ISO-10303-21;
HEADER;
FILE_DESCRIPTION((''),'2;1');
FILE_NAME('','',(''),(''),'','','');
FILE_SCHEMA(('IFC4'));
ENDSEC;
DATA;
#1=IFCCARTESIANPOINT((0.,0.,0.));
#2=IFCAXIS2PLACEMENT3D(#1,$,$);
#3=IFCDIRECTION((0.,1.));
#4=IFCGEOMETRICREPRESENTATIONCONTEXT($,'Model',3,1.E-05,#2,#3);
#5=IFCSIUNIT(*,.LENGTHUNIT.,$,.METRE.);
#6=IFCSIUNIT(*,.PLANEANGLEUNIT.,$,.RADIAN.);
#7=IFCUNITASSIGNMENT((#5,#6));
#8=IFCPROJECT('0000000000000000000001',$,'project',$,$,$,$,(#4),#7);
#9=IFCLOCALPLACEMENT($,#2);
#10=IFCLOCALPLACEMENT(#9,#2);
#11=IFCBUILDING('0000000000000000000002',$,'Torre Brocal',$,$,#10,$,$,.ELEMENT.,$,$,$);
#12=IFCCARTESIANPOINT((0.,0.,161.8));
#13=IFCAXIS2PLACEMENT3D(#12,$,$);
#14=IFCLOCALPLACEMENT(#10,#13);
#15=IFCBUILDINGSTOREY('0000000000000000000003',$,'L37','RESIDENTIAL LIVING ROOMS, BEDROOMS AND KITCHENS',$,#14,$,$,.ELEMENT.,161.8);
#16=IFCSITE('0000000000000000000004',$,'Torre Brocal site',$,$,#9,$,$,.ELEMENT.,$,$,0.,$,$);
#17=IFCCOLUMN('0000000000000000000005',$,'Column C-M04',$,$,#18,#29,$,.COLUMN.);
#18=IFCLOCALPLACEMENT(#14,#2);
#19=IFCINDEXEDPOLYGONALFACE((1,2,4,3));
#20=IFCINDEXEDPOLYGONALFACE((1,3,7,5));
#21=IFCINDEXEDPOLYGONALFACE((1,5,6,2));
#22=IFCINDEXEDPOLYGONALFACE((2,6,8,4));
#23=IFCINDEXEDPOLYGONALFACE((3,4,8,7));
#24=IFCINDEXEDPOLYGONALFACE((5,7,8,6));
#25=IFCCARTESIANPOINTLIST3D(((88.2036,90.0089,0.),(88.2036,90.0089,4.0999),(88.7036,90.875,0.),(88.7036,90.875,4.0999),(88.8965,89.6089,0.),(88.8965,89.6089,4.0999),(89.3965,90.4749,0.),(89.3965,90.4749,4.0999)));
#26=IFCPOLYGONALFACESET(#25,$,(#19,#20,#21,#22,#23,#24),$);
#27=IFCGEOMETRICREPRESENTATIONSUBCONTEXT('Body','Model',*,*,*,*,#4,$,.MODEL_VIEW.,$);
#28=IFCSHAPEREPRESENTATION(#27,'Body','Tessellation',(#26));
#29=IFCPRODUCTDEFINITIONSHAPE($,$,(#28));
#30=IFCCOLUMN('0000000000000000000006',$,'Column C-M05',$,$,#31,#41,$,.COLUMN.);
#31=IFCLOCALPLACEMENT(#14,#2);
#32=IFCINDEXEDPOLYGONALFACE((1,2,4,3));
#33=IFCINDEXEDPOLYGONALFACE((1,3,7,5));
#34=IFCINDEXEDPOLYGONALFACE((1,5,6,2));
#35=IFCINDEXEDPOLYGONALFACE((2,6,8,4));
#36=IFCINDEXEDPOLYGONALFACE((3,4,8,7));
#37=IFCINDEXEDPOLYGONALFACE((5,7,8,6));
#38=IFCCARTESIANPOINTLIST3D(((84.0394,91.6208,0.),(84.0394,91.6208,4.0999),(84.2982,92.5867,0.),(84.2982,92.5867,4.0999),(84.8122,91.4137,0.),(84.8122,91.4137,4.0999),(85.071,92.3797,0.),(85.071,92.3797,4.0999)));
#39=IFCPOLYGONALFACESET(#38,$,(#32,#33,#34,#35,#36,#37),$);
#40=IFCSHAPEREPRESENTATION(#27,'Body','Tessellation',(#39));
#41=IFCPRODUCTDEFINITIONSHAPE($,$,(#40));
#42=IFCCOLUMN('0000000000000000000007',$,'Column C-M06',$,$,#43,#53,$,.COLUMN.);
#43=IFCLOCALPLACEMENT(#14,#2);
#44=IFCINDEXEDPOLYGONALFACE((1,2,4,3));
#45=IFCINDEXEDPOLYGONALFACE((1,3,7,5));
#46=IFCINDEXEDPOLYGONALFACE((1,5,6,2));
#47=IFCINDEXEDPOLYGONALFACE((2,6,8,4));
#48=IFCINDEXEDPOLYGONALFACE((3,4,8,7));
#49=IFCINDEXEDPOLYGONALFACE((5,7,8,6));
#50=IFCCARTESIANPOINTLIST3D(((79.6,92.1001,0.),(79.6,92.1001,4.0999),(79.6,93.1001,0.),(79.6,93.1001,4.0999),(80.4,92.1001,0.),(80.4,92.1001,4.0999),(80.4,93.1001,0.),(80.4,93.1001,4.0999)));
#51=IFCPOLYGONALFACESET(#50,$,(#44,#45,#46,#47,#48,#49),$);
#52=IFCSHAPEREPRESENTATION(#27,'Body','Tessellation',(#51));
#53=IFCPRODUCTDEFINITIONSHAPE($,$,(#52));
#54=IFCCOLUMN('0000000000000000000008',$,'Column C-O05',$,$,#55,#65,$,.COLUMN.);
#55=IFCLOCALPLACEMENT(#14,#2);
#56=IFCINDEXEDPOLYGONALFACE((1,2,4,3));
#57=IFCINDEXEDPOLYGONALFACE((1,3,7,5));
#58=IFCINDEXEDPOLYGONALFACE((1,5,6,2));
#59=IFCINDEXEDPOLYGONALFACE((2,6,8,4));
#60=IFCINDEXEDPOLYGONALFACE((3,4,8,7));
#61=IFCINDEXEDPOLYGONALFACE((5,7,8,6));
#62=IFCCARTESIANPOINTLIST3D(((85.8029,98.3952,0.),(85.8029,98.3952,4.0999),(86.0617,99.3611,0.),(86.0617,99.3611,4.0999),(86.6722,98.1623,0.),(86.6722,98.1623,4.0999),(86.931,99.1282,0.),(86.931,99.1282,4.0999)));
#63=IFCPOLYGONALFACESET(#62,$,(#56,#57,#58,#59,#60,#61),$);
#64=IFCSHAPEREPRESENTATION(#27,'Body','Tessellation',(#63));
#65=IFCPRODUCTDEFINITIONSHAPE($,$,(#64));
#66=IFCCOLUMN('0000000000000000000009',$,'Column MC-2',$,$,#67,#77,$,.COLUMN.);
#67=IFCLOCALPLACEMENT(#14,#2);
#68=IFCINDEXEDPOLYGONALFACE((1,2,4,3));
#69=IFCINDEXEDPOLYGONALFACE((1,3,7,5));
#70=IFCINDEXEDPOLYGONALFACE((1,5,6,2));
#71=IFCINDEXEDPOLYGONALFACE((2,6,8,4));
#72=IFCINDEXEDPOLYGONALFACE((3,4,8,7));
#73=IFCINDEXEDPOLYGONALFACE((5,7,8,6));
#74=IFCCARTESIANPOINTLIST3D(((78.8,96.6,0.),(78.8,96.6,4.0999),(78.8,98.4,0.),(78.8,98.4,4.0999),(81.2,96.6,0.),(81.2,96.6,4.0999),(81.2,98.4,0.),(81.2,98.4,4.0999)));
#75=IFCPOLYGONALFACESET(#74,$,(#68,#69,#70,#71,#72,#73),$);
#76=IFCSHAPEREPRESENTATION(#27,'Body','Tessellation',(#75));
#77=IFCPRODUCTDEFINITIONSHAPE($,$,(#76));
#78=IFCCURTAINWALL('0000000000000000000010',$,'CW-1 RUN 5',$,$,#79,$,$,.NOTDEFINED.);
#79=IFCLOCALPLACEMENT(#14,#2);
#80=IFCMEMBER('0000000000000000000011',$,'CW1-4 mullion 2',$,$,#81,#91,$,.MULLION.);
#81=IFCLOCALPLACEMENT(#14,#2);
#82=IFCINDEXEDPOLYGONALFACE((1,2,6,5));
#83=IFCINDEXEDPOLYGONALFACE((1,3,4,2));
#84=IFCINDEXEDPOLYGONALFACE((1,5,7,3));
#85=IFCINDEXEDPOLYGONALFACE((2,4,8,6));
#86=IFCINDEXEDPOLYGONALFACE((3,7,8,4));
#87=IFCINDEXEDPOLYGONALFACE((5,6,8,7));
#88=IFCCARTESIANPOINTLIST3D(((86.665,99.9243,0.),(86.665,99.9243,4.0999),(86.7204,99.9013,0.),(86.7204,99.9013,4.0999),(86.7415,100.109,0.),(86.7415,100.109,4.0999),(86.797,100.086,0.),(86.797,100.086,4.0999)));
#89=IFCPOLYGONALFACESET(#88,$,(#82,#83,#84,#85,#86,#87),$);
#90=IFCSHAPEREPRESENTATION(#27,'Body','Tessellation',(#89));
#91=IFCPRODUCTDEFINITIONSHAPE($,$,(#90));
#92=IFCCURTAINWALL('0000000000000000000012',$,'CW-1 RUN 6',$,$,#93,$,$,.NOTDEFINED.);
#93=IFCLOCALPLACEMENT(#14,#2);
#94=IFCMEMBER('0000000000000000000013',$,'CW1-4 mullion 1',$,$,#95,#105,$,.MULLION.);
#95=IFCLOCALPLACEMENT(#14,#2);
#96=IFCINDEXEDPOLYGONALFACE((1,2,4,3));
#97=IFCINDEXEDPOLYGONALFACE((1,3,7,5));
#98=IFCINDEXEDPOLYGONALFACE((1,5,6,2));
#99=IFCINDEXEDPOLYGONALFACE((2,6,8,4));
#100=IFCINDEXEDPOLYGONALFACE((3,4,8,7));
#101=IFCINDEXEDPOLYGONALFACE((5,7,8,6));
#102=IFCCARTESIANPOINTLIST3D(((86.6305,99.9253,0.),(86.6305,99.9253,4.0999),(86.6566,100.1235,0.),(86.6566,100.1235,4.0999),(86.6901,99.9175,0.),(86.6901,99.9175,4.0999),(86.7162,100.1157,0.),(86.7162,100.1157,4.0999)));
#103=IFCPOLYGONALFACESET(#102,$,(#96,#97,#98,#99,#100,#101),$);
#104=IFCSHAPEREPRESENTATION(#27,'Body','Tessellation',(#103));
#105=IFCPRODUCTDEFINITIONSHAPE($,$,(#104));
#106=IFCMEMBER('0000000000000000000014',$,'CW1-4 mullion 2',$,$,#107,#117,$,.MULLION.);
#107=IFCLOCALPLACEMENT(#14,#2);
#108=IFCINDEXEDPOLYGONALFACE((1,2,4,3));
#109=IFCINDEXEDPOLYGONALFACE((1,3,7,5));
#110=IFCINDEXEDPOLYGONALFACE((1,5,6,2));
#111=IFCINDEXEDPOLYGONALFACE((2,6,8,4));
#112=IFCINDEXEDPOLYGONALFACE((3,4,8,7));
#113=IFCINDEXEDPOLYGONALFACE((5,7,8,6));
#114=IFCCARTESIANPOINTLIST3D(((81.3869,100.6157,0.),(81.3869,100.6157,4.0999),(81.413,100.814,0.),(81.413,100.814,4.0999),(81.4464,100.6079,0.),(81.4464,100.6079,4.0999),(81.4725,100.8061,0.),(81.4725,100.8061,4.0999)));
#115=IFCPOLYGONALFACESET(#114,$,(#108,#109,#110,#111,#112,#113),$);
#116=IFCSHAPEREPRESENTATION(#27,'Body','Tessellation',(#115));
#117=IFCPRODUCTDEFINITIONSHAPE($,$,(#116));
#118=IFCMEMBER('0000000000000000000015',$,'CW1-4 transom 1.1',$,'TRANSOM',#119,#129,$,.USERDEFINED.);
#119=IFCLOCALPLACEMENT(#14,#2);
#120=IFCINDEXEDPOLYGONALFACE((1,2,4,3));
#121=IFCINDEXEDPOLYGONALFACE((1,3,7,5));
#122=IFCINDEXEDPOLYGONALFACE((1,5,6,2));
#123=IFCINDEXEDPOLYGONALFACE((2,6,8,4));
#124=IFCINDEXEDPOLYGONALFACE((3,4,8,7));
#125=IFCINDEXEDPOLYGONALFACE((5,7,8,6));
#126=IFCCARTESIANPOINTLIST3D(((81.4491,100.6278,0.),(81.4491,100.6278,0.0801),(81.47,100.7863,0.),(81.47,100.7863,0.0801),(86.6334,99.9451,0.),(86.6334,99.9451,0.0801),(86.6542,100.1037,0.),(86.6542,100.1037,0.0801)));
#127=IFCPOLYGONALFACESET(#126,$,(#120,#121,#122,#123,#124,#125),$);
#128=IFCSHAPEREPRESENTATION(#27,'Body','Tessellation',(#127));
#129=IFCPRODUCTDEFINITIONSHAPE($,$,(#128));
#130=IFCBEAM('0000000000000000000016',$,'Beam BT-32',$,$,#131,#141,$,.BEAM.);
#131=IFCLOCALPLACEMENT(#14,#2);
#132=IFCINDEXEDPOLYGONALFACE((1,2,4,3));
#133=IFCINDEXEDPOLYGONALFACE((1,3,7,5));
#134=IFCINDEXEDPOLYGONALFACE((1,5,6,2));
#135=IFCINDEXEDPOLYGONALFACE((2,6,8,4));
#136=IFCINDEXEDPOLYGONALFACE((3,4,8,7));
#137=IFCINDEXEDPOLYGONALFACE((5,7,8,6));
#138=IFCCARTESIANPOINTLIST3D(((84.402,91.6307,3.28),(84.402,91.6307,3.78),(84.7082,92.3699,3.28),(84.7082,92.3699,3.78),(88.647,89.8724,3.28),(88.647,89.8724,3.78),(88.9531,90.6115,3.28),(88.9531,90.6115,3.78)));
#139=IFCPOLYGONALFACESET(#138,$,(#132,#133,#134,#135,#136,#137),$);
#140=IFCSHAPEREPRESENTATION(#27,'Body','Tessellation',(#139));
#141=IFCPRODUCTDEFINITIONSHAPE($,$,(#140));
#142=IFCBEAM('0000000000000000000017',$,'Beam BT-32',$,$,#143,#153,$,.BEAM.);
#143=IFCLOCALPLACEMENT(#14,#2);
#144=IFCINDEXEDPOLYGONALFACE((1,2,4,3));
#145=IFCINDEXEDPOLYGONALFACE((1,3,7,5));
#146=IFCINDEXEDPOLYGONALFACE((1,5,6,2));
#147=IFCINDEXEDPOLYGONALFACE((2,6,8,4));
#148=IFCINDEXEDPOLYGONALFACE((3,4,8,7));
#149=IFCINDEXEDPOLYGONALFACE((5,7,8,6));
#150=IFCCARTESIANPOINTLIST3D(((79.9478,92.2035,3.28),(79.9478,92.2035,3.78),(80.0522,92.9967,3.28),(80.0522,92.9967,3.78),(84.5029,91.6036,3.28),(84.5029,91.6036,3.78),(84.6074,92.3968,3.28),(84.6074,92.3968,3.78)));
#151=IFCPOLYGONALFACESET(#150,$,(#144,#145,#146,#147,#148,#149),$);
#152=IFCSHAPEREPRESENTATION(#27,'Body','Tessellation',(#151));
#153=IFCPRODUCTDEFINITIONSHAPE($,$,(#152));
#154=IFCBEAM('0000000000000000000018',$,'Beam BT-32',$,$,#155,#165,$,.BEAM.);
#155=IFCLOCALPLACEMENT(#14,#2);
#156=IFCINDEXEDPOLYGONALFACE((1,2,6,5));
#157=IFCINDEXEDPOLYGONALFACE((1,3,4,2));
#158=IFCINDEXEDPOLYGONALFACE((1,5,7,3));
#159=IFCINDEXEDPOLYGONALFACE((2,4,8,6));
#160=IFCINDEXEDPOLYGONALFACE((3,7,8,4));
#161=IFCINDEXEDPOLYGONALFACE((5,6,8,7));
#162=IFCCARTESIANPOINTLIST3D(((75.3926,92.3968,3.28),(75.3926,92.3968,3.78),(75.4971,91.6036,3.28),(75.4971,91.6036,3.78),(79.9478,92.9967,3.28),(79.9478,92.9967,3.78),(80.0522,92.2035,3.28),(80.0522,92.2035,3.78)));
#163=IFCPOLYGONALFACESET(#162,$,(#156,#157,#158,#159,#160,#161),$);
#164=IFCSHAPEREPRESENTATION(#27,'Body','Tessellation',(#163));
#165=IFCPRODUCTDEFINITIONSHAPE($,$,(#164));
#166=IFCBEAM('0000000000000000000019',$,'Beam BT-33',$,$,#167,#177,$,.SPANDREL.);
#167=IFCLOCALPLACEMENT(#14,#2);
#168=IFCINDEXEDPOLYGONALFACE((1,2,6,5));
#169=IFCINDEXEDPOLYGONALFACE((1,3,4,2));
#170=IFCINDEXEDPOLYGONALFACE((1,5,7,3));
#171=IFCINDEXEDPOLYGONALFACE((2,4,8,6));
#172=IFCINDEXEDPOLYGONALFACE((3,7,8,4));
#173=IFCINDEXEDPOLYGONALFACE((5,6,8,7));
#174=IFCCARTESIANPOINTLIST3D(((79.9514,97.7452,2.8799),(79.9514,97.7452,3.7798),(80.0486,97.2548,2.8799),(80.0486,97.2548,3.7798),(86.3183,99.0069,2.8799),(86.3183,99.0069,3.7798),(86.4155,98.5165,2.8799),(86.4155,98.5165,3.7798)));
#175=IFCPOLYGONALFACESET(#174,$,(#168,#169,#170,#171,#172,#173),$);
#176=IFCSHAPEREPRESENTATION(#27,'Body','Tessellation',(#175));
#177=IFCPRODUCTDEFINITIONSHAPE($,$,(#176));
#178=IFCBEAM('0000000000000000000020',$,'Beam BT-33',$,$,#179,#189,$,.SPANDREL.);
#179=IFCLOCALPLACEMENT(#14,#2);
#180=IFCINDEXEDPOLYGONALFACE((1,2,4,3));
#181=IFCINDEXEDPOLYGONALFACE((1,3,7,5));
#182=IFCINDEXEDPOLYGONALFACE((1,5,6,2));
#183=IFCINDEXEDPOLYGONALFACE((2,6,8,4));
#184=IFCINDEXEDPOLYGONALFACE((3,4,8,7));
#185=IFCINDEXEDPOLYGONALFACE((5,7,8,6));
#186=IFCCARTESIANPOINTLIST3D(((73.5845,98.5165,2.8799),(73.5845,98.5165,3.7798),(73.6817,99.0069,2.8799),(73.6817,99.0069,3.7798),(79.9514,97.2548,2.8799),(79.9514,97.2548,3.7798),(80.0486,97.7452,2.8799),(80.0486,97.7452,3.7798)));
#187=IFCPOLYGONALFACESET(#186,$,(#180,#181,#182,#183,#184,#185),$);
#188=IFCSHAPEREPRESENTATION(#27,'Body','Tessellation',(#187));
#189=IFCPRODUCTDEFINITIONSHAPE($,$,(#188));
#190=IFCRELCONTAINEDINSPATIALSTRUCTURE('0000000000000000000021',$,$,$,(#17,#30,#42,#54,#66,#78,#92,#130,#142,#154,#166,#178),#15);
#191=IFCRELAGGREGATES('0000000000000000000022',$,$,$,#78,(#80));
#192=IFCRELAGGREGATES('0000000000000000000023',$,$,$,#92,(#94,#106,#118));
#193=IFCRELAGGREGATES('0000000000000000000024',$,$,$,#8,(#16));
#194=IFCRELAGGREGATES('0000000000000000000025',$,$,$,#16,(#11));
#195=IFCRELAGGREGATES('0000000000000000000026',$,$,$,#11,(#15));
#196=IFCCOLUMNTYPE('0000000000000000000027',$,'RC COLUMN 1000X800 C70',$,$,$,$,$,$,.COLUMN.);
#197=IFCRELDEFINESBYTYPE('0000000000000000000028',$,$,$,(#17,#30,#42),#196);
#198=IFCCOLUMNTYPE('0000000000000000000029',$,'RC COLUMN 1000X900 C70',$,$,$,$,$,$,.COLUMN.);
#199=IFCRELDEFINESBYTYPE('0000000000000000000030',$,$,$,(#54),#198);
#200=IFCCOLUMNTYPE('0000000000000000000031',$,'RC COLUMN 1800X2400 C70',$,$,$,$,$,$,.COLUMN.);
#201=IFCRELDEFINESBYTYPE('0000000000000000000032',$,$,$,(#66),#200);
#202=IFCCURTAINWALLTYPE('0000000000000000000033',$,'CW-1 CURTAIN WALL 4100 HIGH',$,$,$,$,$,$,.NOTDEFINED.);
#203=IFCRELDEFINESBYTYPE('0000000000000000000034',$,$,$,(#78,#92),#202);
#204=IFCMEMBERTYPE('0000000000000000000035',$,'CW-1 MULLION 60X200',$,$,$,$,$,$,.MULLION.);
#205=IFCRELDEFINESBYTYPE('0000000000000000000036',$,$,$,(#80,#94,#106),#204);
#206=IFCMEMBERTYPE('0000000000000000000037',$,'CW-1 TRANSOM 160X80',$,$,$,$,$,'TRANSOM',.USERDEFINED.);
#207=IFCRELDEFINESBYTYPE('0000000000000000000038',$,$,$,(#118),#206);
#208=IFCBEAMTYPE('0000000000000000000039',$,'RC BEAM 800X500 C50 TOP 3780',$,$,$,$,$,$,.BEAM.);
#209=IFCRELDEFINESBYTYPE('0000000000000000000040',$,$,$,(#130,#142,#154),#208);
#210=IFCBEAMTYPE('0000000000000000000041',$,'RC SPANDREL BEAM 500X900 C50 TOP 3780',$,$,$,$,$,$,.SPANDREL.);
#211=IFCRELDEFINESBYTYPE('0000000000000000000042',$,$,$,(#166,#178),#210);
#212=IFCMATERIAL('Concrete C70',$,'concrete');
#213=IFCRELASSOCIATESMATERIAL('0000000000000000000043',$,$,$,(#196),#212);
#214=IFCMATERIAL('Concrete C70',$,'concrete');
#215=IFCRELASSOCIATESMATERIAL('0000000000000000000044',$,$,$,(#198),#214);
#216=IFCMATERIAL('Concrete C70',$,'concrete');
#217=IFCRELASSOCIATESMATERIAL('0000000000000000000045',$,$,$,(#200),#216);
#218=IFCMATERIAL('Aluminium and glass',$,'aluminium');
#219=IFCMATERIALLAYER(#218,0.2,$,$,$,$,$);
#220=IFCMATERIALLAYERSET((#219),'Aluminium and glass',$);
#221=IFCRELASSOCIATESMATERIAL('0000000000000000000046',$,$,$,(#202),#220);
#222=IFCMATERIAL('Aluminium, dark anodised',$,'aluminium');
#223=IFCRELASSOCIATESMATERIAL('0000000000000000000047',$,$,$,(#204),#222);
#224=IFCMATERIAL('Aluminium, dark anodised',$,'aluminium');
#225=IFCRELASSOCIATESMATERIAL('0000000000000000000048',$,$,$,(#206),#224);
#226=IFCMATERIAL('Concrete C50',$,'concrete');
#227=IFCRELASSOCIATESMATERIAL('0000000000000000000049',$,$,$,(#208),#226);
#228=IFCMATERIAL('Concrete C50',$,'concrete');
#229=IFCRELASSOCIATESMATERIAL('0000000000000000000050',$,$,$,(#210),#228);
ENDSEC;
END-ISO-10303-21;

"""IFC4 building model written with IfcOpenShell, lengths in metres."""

from ifc_helpers import new_model, si_unit, direction, frame, origin, origin_2d, place, context, subcontext, project, spatial, rectangle, extrude, material, layer, layer_set, material_profile, profile_set, type_object, element, aggregate, save


model = new_model("IFC4")

# Units and contexts
model_context = context("Model", 3, precision=1e-05, world=origin(), true_north=direction((0.0, 1.0)))
body_context = subcontext(model_context, "Body", "Model", "MODEL_VIEW")
ifc_project = project(units=[si_unit("LENGTHUNIT", "METRE"), si_unit("PLANEANGLEUNIT", "RADIAN")], contexts=[model_context])

# Site, building, storey
site_placement = place(None, origin())
site = spatial("IfcSite", under=ifc_project, at=site_placement, Name="Torre Brocal site", CompositionType="ELEMENT", RefElevation=0.0)
building_placement = place(site_placement, origin())
building = spatial("IfcBuilding", under=site, at=building_placement, Name="Torre Brocal", CompositionType="ELEMENT")
storey_placement = place(building_placement, frame((0.0, 0.0, 161.8)))
storey = spatial("IfcBuildingStorey", under=building, at=storey_placement, Name="L37", Description="RESIDENTIAL LIVING ROOMS, BEDROOMS AND KITCHENS", CompositionType="ELEMENT", Elevation=161.8)

# Columns
ifc_material_1 = material(Name="Concrete C70", Category="concrete")
ifc_material_profile_1 = material_profile(ifc_material_1, rectangle(XDim=1.0, YDim=0.8, at=origin_2d()), Name="RC 1000X800")
ifc_profile_set_1 = profile_set([ifc_material_profile_1], Name="Concrete C70")
column_type_1 = type_object("IfcColumnType", Name="RC COLUMN 1000X800 C70", PredefinedType="COLUMN", material=ifc_profile_set_1)
for number, where, z_axis, x_axis, name in (
    (1, (88.8, 90.2419, 0.0), (0.0, 0.0, 1.0), (0.5, 0.866025, 0.0), "Column C-M04"),
    (2, (84.5552, 92.0002, 0.0), (0.0, 0.0, 1.0), (0.258819, 0.965926, 0.0), "Column C-M05"),
    (3, (80.0, 92.6001, 0.0), (0.0, 0.0, 1.0), (0.0, 1.0, 0.0), "Column C-M06"),
):
    element("IfcColumn", number, at=place(storey_placement, frame(where, z_axis=z_axis, x_axis=x_axis)), inside=storey, type_object=column_type_1, Name=name, PredefinedType="COLUMN", context=body_context, shape_type="SweptSolid", body=[
        extrude(rectangle(XDim=1.0, YDim=0.8, at=origin_2d()), origin(), (0.0, 0.0, 1.0), 4.0999),
    ])
ifc_material_2 = material(Name="Concrete C70", Category="concrete")
ifc_material_profile_2 = material_profile(ifc_material_2, rectangle(XDim=1.0, YDim=0.8999, at=origin_2d()), Name="RC 1000X900")
ifc_profile_set_2 = profile_set([ifc_material_profile_2], Name="Concrete C70")
column_type_2 = type_object("IfcColumnType", Name="RC COLUMN 1000X900 C70", PredefinedType="COLUMN", material=ifc_profile_set_2)
column_1_placement = place(storey_placement, frame((86.3669, 98.7617, 0.0), z_axis=(0.0, 0.0, 1.0), x_axis=(0.258819, 0.965926, 0.0)))
element("IfcColumn", 4, at=column_1_placement, inside=storey, type_object=column_type_2, Name="Column C-O05", PredefinedType="COLUMN", context=body_context, shape_type="SweptSolid", body=[
    extrude(rectangle(XDim=1.0, YDim=0.8999, at=origin_2d()), origin(), (0.0, 0.0, 1.0), 4.0999),
])
ifc_material_3 = material(Name="Concrete C70", Category="concrete")
ifc_material_profile_3 = material_profile(ifc_material_3, rectangle(XDim=1.8, YDim=2.3999, at=origin_2d()), Name="RC 1800X2400")
ifc_profile_set_3 = profile_set([ifc_material_profile_3], Name="Concrete C70")
column_type_3 = type_object("IfcColumnType", Name="RC COLUMN 1800X2400 C70", PredefinedType="COLUMN", material=ifc_profile_set_3)
column_2_placement = place(storey_placement, frame((80.0, 97.5, 0.0), z_axis=(0.0, 0.0, 1.0), x_axis=(0.0, 1.0, 0.0)))
element("IfcColumn", 5, at=column_2_placement, inside=storey, type_object=column_type_3, Name="Column MC-2", PredefinedType="COLUMN", context=body_context, shape_type="SweptSolid", body=[
    extrude(rectangle(XDim=1.8, YDim=2.3999, at=origin_2d()), origin(), (0.0, 0.0, 1.0), 4.0999),
])

# Curtain wall, member
ifc_material_4 = material(Name="Aluminium and glass", Category="aluminium")
ifc_layer_1 = layer(ifc_material_4, 0.2)
ifc_layer_set_1 = layer_set([ifc_layer_1], Name="Aluminium and glass")
curtain_wall_type = type_object("IfcCurtainWallType", Name="CW-1 CURTAIN WALL 4100 HIGH", PredefinedType="NOTDEFINED", material=ifc_layer_set_1)
curtain_wall_1_placement = place(storey_placement, origin())
curtain_wall_1 = element("IfcCurtainWall", 6, at=curtain_wall_1_placement, inside=storey, type_object=curtain_wall_type, Name="CW-1 RUN 5", PredefinedType="NOTDEFINED")
ifc_material_5 = material(Name="Aluminium, dark anodised", Category="aluminium")
ifc_material_profile_4 = material_profile(ifc_material_5, rectangle(XDim=0.2, YDim=0.0601, at=origin_2d()), Name="CW-1 MULLION 60X200")
ifc_profile_set_4 = profile_set([ifc_material_profile_4], Name="Aluminium, dark anodised")
member_type_1 = type_object("IfcMemberType", Name="CW-1 MULLION 60X200", PredefinedType="MULLION", material=ifc_profile_set_4)
member_1_placement = place(storey_placement, frame((86.731, 100.0051, 0.0), z_axis=(0.0, 0.0, 1.0), x_axis=(-0.382683, -0.92388, 0.0)))
member_1 = element("IfcMember", 7, at=member_1_placement, type_object=member_type_1, Name="CW1-4 mullion 2", PredefinedType="MULLION", context=body_context, shape_type="SweptSolid", body=[
    extrude(rectangle(XDim=0.2, YDim=0.0601, at=origin_2d()), origin(), (0.0, 0.0, 1.0), 4.0999),
])

# Curtain wall, members
curtain_wall_2_placement = place(storey_placement, origin())
curtain_wall_2 = element("IfcCurtainWall", 8, at=curtain_wall_2_placement, inside=storey, type_object=curtain_wall_type, Name="CW-1 RUN 6", PredefinedType="NOTDEFINED")
member_2_placement = place(storey_placement, frame((86.6733, 100.0205, 0.0), z_axis=(0.0, 0.0, 1.0), x_axis=(-0.130526, -0.991445, 0.0)))
member_2 = element("IfcMember", 9, at=member_2_placement, type_object=member_type_1, Name="CW1-4 mullion 1", PredefinedType="MULLION", context=body_context, shape_type="SweptSolid", body=[
    extrude(rectangle(XDim=0.2, YDim=0.0601, at=origin_2d()), origin(), (0.0, 0.0, 1.0), 4.0999),
])
member_3_placement = place(storey_placement, frame((81.4297, 100.7109, 0.0), z_axis=(0.0, 0.0, 1.0), x_axis=(-0.130526, -0.991445, 0.0)))
member_3 = element("IfcMember", 10, at=member_3_placement, type_object=member_type_1, Name="CW1-4 mullion 2", PredefinedType="MULLION", context=body_context, shape_type="SweptSolid", body=[
    extrude(rectangle(XDim=0.2, YDim=0.0601, at=origin_2d()), origin(), (0.0, 0.0, 1.0), 4.0999),
])
ifc_material_6 = material(Name="Aluminium, dark anodised", Category="aluminium")
ifc_material_profile_5 = material_profile(ifc_material_6, rectangle(XDim=0.1599, YDim=0.0801, at=origin_2d()), Name="CW-1 TRANSOM 160X80")
ifc_profile_set_5 = profile_set([ifc_material_profile_5], Name="Aluminium, dark anodised")
member_type_2 = type_object("IfcMemberType", Name="CW-1 TRANSOM 160X80", ElementType="TRANSOM", PredefinedType="USERDEFINED", material=ifc_profile_set_5)
member_4_placement = place(storey_placement, frame((86.6438, 100.0244, 0.04), z_axis=(-0.991443, 0.130543, 0.0), x_axis=(-0.130543, -0.991443, 0.0)))
member_4 = element("IfcMember", 11, at=member_4_placement, type_object=member_type_2, Name="CW1-4 transom 1.1", ObjectType="TRANSOM", PredefinedType="USERDEFINED", context=body_context, shape_type="SweptSolid", body=[
    extrude(rectangle(XDim=0.1599, YDim=0.0801, at=origin_2d()), origin(), (0.0, 0.0, 1.0), 5.229),
])

# Beams
ifc_material_7 = material(Name="Concrete C50", Category="concrete")
ifc_material_profile_6 = material_profile(ifc_material_7, rectangle(XDim=0.8, YDim=0.5, at=origin_2d()), Name="RC 800X500")
ifc_profile_set_6 = profile_set([ifc_material_profile_6], Name="Concrete C50")
beam_type_1 = type_object("IfcBeamType", Name="RC BEAM 800X500 C50 TOP 3780", PredefinedType="BEAM", material=ifc_profile_set_6)
beam_placement = place(storey_placement, frame((88.8, 90.2419, 3.53), z_axis=(-0.923878, 0.382687, 0.0), x_axis=(-0.382687, -0.923878, 0.0)))
element("IfcBeam", 12, at=beam_placement, inside=storey, type_object=beam_type_1, Name="Beam BT-32", PredefinedType="BEAM", context=body_context, shape_type="SweptSolid", body=[
    extrude(rectangle(XDim=0.8, YDim=0.5, at=origin_2d()), origin(), (0.0, 0.0, 1.0), 4.5947),
])
for number, where, z_axis, x_axis, name in (
    (13, (84.5552, 92.0002, 3.53), (-0.991441, 0.130559, 0.0), (-0.130559, -0.991441, 0.0), "Beam BT-32"),
    (14, (80.0, 92.6001, 3.53), (-0.991441, -0.130559, 0.0), (0.130559, -0.991441, 0.0), "Beam BT-32"),
):
    element("IfcBeam", number, at=place(storey_placement, frame(where, z_axis=z_axis, x_axis=x_axis)), inside=storey, type_object=beam_type_1, Name=name, PredefinedType="BEAM", context=body_context, shape_type="SweptSolid", body=[
        extrude(rectangle(XDim=0.8, YDim=0.5, at=origin_2d()), origin(), (0.0, 0.0, 1.0), 4.5945),
    ])
ifc_material_8 = material(Name="Concrete C50", Category="concrete")
ifc_material_profile_7 = material_profile(ifc_material_8, rectangle(XDim=0.5, YDim=0.8999, at=origin_2d()), Name="RC 500X900")
ifc_profile_set_7 = profile_set([ifc_material_profile_7], Name="Concrete C50")
beam_type_2 = type_object("IfcBeamType", Name="RC SPANDREL BEAM 500X900 C50 TOP 3780", PredefinedType="SPANDREL", material=ifc_profile_set_7)
for number, where, z_axis, x_axis, name in (
    (15, (86.3669, 98.7617, 3.3298), (-0.980925, -0.194387, 0.0), (0.194387, -0.980925, 0.0), "Beam BT-33"),
    (16, (80.0, 97.5, 3.3298), (-0.980925, 0.194387, 0.0), (-0.194387, -0.980925, 0.0), "Beam BT-33"),
):
    element("IfcBeam", number, at=place(storey_placement, frame(where, z_axis=z_axis, x_axis=x_axis)), inside=storey, type_object=beam_type_2, Name=name, PredefinedType="SPANDREL", context=body_context, shape_type="SweptSolid", body=[
        extrude(rectangle(XDim=0.5, YDim=0.8999, at=origin_2d()), origin(), (0.0, 0.0, 1.0), 6.4907),
    ])

aggregate(curtain_wall_1, [member_1])
aggregate(curtain_wall_2, [member_2, member_3, member_4])

save(model, "model.ifc")
